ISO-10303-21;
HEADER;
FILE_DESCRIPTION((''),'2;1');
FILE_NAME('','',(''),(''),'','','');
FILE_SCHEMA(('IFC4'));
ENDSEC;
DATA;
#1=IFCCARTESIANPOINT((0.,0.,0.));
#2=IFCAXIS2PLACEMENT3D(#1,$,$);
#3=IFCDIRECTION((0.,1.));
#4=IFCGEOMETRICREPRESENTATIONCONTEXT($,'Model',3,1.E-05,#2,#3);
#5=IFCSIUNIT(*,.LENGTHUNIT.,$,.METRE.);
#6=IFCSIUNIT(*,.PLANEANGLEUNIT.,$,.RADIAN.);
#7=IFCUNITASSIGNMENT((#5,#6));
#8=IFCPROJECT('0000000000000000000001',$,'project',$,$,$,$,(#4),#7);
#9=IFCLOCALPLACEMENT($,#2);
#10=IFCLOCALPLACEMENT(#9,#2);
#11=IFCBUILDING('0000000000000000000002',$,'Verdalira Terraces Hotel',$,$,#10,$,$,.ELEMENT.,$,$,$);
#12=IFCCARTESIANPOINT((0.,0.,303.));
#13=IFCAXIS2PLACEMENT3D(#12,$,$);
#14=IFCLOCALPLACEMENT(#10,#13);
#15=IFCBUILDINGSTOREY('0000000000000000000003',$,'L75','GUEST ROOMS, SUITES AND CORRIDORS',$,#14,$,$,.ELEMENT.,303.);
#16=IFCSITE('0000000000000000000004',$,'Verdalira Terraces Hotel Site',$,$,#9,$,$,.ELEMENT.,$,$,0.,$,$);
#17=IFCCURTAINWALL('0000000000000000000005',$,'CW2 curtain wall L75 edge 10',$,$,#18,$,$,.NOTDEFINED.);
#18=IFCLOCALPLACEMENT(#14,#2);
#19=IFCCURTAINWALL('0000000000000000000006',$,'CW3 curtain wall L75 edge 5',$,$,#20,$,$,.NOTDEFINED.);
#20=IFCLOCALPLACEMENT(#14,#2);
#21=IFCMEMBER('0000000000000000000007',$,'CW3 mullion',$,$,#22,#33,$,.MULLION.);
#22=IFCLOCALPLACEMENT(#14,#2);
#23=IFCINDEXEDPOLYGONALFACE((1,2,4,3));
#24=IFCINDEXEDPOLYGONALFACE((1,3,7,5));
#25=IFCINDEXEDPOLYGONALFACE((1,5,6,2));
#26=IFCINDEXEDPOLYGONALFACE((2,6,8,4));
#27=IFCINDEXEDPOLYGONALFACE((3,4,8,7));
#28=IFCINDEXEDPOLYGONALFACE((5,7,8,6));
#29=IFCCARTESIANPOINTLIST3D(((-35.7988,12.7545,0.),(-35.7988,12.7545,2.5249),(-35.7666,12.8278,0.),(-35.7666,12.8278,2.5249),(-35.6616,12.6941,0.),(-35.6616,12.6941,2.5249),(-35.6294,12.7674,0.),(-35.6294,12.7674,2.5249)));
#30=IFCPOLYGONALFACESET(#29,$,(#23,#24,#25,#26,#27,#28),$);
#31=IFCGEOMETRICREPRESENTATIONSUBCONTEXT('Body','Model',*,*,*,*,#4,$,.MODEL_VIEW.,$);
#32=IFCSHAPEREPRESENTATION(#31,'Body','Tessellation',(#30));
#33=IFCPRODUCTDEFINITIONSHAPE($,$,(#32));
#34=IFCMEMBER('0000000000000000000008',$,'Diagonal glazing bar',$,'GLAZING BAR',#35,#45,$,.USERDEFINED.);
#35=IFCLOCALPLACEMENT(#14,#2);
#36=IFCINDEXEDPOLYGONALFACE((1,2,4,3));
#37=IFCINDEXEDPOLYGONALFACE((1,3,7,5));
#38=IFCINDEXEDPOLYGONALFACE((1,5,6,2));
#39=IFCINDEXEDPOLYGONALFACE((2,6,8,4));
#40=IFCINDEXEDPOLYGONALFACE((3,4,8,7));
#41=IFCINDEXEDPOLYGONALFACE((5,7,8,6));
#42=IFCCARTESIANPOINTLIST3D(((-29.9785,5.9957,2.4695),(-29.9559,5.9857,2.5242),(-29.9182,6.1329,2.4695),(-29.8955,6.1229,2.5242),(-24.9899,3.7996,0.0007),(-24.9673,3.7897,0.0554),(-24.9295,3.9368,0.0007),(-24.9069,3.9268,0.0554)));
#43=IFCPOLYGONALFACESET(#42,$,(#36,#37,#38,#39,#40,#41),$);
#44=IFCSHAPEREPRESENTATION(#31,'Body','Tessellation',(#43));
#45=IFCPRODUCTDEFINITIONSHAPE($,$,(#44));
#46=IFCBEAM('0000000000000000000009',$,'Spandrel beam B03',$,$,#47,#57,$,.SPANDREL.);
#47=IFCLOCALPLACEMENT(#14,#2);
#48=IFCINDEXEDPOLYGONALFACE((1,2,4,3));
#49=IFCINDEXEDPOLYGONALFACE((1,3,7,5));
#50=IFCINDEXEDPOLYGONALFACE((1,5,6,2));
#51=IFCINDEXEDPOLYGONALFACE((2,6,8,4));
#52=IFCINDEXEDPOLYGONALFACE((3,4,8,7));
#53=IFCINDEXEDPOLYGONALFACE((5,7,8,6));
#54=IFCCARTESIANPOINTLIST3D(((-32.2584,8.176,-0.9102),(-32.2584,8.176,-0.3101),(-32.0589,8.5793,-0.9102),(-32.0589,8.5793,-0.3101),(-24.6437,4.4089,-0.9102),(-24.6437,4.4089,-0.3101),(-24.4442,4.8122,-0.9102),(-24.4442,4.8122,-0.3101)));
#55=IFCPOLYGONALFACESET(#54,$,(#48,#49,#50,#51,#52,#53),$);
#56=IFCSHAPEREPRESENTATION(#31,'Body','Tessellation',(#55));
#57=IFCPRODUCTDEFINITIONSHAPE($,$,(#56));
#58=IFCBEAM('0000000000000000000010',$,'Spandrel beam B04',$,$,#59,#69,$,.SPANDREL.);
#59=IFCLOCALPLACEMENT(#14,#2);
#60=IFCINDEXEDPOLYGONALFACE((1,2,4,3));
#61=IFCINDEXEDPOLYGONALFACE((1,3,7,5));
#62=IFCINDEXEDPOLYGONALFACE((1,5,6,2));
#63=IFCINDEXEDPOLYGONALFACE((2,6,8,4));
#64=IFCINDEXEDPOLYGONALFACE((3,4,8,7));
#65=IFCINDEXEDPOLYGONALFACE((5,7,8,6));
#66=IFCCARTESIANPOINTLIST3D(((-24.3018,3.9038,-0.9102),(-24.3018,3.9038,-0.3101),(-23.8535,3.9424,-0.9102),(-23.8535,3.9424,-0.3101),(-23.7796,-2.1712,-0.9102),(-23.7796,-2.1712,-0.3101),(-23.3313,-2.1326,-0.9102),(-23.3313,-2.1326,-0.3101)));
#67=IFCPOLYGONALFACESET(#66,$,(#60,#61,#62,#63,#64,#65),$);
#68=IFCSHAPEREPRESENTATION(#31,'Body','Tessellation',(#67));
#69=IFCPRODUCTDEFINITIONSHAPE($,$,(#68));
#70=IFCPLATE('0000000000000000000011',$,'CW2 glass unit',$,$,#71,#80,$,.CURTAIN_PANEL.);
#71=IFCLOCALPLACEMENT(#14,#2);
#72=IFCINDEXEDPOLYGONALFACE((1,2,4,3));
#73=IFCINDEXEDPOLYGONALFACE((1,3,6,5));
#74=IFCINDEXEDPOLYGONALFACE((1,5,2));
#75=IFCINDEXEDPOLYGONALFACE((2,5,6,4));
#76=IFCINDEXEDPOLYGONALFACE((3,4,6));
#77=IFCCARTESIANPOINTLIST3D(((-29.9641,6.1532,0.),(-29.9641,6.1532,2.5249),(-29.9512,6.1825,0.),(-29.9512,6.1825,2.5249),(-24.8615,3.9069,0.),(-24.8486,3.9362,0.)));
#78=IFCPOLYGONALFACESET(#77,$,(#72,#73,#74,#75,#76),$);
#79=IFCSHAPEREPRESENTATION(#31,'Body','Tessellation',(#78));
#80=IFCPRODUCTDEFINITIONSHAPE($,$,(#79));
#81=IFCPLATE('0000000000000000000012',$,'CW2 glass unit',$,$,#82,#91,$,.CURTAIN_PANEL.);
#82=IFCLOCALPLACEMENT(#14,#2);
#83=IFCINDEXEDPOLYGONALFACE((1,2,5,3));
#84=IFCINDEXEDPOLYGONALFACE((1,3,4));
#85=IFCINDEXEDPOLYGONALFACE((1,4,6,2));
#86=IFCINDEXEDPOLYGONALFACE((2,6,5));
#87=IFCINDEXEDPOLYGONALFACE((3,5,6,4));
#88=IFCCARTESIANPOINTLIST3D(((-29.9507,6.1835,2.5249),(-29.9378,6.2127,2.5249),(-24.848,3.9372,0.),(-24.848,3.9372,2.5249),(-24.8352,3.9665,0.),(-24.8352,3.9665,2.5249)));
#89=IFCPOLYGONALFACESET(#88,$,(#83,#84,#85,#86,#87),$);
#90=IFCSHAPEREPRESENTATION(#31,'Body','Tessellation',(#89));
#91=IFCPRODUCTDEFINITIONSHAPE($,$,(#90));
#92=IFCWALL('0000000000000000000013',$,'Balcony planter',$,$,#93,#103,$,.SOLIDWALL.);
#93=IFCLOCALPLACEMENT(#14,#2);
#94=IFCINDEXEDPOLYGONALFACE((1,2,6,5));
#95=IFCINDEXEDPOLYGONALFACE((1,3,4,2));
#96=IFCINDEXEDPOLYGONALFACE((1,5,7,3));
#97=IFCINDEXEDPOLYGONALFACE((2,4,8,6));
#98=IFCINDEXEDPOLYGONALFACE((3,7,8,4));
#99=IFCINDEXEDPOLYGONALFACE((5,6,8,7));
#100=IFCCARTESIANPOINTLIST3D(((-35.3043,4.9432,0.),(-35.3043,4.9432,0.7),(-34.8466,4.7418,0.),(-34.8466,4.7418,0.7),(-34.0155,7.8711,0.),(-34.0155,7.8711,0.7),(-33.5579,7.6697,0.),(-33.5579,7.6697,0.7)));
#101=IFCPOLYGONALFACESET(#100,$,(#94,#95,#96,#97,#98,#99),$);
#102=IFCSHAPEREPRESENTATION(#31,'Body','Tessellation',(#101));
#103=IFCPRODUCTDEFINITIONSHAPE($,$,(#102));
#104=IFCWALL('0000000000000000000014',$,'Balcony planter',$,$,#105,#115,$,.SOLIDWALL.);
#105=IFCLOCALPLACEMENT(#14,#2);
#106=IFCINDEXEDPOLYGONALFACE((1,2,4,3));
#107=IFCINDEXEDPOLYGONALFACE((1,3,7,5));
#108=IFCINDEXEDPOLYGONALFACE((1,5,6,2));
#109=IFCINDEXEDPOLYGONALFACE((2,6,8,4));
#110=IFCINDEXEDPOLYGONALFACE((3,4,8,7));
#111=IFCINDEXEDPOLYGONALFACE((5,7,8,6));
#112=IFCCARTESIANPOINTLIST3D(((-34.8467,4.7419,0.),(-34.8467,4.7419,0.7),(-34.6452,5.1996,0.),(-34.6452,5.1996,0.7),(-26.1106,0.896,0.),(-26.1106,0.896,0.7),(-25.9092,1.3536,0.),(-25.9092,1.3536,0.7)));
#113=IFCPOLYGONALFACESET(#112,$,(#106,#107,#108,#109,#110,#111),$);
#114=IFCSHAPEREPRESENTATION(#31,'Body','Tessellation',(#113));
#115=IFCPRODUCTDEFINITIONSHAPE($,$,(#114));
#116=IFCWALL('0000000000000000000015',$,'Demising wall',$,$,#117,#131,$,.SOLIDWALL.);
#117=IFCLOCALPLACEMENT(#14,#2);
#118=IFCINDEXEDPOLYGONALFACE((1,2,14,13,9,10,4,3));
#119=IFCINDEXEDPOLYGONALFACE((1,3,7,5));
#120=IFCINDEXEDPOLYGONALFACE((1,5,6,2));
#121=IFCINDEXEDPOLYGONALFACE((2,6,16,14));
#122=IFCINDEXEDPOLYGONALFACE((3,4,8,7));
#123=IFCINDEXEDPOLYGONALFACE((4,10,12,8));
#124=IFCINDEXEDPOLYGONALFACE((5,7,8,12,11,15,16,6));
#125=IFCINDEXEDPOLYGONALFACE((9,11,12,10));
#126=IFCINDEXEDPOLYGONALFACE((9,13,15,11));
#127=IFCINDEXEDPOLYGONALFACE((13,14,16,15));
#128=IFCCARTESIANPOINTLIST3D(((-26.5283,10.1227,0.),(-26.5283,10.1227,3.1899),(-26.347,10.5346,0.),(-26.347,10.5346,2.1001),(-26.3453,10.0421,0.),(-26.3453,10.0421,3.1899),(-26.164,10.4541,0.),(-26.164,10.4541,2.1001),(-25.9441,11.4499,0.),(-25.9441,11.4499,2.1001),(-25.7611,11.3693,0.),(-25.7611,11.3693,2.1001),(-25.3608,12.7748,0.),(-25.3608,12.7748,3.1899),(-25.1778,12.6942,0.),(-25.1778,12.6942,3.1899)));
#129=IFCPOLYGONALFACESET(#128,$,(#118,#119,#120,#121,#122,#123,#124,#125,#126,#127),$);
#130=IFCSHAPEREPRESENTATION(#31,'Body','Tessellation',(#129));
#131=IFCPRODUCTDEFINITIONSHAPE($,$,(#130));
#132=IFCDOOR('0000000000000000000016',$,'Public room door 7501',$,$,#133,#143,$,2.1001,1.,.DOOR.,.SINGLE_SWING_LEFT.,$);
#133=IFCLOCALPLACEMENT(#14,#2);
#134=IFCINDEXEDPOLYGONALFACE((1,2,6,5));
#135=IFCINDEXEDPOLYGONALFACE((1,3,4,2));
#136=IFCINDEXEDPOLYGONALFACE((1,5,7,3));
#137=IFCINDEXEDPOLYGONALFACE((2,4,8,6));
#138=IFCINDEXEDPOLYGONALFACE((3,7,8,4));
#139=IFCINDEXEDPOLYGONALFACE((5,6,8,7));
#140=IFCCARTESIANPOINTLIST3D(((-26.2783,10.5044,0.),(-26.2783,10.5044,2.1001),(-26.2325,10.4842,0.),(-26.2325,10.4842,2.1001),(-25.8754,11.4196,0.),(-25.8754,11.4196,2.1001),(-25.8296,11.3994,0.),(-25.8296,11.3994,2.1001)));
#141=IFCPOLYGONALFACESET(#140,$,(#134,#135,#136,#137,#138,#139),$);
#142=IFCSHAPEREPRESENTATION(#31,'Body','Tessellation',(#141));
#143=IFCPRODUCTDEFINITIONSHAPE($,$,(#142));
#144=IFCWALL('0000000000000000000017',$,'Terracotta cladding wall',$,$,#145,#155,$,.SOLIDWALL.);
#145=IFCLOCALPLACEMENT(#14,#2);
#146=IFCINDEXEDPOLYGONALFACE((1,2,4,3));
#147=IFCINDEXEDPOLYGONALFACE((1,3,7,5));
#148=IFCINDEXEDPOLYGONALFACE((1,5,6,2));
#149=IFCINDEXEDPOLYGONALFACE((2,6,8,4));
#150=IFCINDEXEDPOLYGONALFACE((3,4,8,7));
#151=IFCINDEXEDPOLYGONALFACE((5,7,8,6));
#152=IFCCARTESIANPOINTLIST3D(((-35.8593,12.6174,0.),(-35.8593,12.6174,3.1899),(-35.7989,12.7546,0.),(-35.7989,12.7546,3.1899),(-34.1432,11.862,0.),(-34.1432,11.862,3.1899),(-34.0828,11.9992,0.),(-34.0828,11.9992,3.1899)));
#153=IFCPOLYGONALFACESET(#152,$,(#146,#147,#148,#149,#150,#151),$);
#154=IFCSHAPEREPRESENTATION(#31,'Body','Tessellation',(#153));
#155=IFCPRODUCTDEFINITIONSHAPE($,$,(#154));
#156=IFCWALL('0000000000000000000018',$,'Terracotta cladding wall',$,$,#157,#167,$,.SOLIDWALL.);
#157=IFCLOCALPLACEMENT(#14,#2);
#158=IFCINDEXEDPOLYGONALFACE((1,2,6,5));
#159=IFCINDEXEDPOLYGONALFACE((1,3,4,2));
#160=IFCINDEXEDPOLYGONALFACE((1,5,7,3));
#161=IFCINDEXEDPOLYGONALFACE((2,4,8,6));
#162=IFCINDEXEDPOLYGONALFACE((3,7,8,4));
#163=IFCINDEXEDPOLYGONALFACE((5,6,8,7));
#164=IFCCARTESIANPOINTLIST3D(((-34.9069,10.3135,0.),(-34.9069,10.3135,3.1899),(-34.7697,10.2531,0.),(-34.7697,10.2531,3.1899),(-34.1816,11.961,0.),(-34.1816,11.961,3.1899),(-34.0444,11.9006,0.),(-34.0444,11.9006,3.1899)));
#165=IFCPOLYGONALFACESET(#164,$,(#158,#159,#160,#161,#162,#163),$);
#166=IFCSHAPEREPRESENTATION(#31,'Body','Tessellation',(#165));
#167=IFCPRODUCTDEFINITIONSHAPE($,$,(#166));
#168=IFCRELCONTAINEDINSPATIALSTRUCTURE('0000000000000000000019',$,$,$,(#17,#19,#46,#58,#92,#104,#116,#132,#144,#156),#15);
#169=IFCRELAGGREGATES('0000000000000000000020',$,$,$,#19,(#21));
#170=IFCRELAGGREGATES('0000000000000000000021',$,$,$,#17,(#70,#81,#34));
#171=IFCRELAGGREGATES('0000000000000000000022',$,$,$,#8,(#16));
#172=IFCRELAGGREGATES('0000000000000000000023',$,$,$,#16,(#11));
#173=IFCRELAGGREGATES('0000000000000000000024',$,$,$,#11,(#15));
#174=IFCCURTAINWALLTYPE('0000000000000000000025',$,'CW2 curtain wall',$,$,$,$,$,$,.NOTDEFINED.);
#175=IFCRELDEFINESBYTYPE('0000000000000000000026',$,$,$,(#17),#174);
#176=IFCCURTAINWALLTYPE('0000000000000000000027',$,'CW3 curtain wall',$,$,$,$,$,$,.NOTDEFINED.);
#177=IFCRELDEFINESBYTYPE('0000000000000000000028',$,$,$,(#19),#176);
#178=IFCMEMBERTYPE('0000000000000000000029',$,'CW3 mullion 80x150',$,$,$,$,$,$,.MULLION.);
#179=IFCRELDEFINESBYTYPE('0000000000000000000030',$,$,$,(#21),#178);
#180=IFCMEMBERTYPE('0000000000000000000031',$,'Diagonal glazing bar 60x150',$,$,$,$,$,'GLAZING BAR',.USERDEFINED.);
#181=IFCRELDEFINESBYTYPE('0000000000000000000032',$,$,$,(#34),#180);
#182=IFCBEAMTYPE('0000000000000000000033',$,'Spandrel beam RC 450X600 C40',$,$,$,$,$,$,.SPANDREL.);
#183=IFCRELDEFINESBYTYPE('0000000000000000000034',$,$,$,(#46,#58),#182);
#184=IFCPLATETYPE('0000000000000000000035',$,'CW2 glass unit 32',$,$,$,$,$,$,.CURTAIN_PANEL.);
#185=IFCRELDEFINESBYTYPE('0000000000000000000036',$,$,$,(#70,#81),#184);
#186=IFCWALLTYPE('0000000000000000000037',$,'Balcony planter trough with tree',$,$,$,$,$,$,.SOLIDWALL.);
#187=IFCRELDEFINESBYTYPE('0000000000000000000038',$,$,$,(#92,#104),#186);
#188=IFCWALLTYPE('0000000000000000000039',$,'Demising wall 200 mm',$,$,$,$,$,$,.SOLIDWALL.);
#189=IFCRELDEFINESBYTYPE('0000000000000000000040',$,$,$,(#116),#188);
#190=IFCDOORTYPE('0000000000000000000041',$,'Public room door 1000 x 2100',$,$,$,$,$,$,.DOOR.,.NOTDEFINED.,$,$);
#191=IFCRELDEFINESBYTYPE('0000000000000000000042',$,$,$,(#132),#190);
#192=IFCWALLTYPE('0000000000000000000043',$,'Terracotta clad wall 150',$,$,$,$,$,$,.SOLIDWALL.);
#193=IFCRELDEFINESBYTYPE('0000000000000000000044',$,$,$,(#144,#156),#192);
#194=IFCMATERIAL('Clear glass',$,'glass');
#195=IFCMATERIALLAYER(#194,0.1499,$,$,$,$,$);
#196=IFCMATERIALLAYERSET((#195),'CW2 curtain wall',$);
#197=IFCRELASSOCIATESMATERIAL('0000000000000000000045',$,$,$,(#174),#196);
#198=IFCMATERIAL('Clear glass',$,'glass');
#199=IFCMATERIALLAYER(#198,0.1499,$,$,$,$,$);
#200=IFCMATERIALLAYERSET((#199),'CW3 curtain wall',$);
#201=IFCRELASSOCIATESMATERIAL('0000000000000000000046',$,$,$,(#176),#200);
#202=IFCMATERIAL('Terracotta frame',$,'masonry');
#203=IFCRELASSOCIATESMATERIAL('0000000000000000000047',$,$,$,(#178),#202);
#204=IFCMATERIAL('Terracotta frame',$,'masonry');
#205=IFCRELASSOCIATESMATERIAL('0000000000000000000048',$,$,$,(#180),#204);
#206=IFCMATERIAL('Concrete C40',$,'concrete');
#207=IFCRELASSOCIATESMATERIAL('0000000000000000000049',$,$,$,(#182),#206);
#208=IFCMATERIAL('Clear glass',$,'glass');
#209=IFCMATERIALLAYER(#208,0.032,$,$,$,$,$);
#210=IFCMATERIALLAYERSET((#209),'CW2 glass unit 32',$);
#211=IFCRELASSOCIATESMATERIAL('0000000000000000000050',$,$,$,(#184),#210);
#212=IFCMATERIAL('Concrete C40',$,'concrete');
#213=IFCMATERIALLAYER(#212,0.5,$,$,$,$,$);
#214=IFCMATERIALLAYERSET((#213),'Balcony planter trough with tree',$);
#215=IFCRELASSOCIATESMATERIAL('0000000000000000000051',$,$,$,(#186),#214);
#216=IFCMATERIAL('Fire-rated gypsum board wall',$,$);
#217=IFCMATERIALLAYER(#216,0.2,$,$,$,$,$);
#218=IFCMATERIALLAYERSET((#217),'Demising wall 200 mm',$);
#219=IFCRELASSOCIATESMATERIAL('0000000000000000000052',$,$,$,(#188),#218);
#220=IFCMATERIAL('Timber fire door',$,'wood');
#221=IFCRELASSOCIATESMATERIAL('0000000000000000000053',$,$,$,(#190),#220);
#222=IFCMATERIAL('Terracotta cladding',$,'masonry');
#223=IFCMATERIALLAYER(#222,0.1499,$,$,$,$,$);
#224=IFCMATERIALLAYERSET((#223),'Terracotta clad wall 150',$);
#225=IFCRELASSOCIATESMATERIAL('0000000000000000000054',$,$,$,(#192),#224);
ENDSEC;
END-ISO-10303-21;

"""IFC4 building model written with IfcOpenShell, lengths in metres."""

from ifc_helpers import new_model, si_unit, direction, frame, frame_2d, origin, origin_2d, place, context, subcontext, project, spatial, polyline, rectangle, outline, extrude, material, layer, layer_set, material_profile, profile_set, type_object, element, fill, aggregate, save


model = new_model("IFC4")

# Units and contexts
model_context = context("Model", 3, precision=1e-05, world=origin(), true_north=direction((0.0, 1.0)))
body_context = subcontext(model_context, "Body", "Model", "MODEL_VIEW")
ifc_project = project(units=[si_unit("LENGTHUNIT", "METRE"), si_unit("PLANEANGLEUNIT", "RADIAN")], contexts=[model_context])

# Site, building, storey
site_placement = place(None, origin())
site = spatial("IfcSite", under=ifc_project, at=site_placement, Name="Verdalira Terraces Hotel Site", CompositionType="ELEMENT", RefElevation=0.0)
building_placement = place(site_placement, origin())
building = spatial("IfcBuilding", under=site, at=building_placement, Name="Verdalira Terraces Hotel", CompositionType="ELEMENT")
storey_placement = place(building_placement, frame((0.0, 0.0, 303.0)))
storey = spatial("IfcBuildingStorey", under=building, at=storey_placement, Name="L75", Description="GUEST ROOMS, SUITES AND CORRIDORS", CompositionType="ELEMENT", Elevation=303.0)

# Curtain wall
ifc_material_1 = material(Name="Clear glass", Category="glass")
ifc_layer_1 = layer(ifc_material_1, 0.1499)
ifc_layer_set_1 = layer_set([ifc_layer_1], Name="CW2 curtain wall")
curtain_wall_type_1 = type_object("IfcCurtainWallType", Name="CW2 curtain wall", PredefinedType="NOTDEFINED", material=ifc_layer_set_1)
curtain_wall_1_placement = place(storey_placement, origin())
curtain_wall_1 = element("IfcCurtainWall", 1, at=curtain_wall_1_placement, inside=storey, type_object=curtain_wall_type_1, Name="CW2 curtain wall L75 edge 10", PredefinedType="NOTDEFINED")

# Curtain wall, member
ifc_material_2 = material(Name="Clear glass", Category="glass")
ifc_layer_2 = layer(ifc_material_2, 0.1499)
ifc_layer_set_2 = layer_set([ifc_layer_2], Name="CW3 curtain wall")
curtain_wall_type_2 = type_object("IfcCurtainWallType", Name="CW3 curtain wall", PredefinedType="NOTDEFINED", material=ifc_layer_set_2)
curtain_wall_2_placement = place(storey_placement, origin())
curtain_wall_2 = element("IfcCurtainWall", 2, at=curtain_wall_2_placement, inside=storey, type_object=curtain_wall_type_2, Name="CW3 curtain wall L75 edge 5", PredefinedType="NOTDEFINED")
ifc_material_3 = material(Name="Terracotta frame", Category="masonry")
ifc_material_profile_1 = material_profile(ifc_material_3, rectangle(XDim=0.0801, YDim=0.1499, at=origin_2d()), Name="MU 80x150")
ifc_profile_set_1 = profile_set([ifc_material_profile_1], Name="Terracotta frame")
member_type_1 = type_object("IfcMemberType", Name="CW3 mullion 80x150", PredefinedType="MULLION", material=ifc_profile_set_1)
member_1_placement = place(storey_placement, frame((-35.7141, 12.761, 0.0), z_axis=(0.0, 0.0, 1.0), x_axis=(-0.402906, -0.915241, 0.0)))
member_1 = element("IfcMember", 3, at=member_1_placement, type_object=member_type_1, Name="CW3 mullion", PredefinedType="MULLION", context=body_context, shape_type="SweptSolid", body=[
    extrude(rectangle(XDim=0.0801, YDim=0.1499, at=origin_2d()), origin(), (0.0, 0.0, 1.0), 2.5249),
])
aggregate(curtain_wall_2, [member_1])

# Member
ifc_material_4 = material(Name="Terracotta frame", Category="masonry")
ifc_material_profile_2 = material_profile(ifc_material_4, rectangle(XDim=0.1499, YDim=0.0601, at=origin_2d()), Name="GB 60x150")
ifc_profile_set_2 = profile_set([ifc_material_profile_2], Name="Terracotta frame")
member_type_2 = type_object("IfcMemberType", Name="Diagonal glazing bar 60x150", ElementType="GLAZING BAR", PredefinedType="USERDEFINED", material=ifc_profile_set_2)
member_2_placement = place(storey_placement, frame((-29.937, 6.0593, 2.4968), z_axis=(0.833708, -0.367014, -0.41259), x_axis=(0.402907, 0.915241, 0.0)))
member_2 = element("IfcMember", 4, at=member_2_placement, type_object=member_type_2, Name="Diagonal glazing bar", ObjectType="GLAZING BAR", PredefinedType="USERDEFINED", context=body_context, shape_type="SweptSolid", body=[
    extrude(rectangle(XDim=0.1499, YDim=0.0601, at=origin_2d()), origin(), (0.0, 0.0, 1.0), 5.9836),
])

# Beams
ifc_material_5 = material(Name="Concrete C40", Category="concrete")
ifc_material_profile_3 = material_profile(ifc_material_5, rectangle(XDim=0.45, YDim=0.6001, at=origin_2d()), Name="RC 450X600")
ifc_profile_set_3 = profile_set([ifc_material_profile_3], Name="Concrete C40")
beam_type_1 = type_object("IfcBeamType", Name="Spandrel beam RC 450X600 C40", PredefinedType="SPANDREL", material=ifc_profile_set_3)
beam_1_placement = place(storey_placement, frame((-32.1587, 8.3777, -0.6101), z_axis=(0.896316, -0.443416, 0.0), x_axis=(0.443416, 0.896316, 0.0)))
element("IfcBeam", 5, at=beam_1_placement, inside=storey, type_object=beam_type_1, Name="Spandrel beam B03", PredefinedType="SPANDREL", context=body_context, shape_type="SweptSolid", body=[
    extrude(rectangle(XDim=0.45, YDim=0.6001, at=origin_2d()), origin(), (0.0, 0.0, 1.0), 8.4956),
])
beam_2_placement = place(storey_placement, frame((-24.0776, 3.9231, -0.6101), z_axis=(0.085646, -0.996326, 0.0), x_axis=(0.996326, 0.085646, 0.0)))
element("IfcBeam", 6, at=beam_2_placement, inside=storey, type_object=beam_type_1, Name="Spandrel beam B04", PredefinedType="SPANDREL", context=body_context, shape_type="SweptSolid", body=[
    extrude(rectangle(XDim=0.45, YDim=0.6001, at=origin_2d()), origin(), (0.0, 0.0, 1.0), 6.0974),
])

# Plates
ifc_material_6 = material(Name="Clear glass", Category="glass")
ifc_layer_3 = layer(ifc_material_6, 0.032)
ifc_layer_set_3 = layer_set([ifc_layer_3], Name="CW2 glass unit 32")
plate_type = type_object("IfcPlateType", Name="CW2 glass unit 32", PredefinedType="CURTAIN_PANEL", material=ifc_layer_set_3)
plate_1_placement = place(storey_placement, frame((-27.3999, 5.0593, 1.2625), z_axis=(-0.402906, -0.915241, 0.0), x_axis=(0.915241, -0.402906, 0.0)))
plate_1 = element("IfcPlate", 7, at=plate_1_placement, type_object=plate_type, Name="CW2 glass unit", PredefinedType="CURTAIN_PANEL", context=body_context, shape_type="SweptSolid", body=[
    extrude(outline(polyline([(-2.7876, -1.2625), (2.7876, -1.2625), (-2.7876, 1.2625), (-2.7876, -1.2625)])), origin(), (0.0, 0.0, 1.0), 0.032),
])
plate_2_placement = place(storey_placement, frame((-27.3865, 5.0896, 1.2625), z_axis=(-0.402906, -0.915241, 0.0), x_axis=(0.915241, -0.402906, 0.0)))
plate_2 = element("IfcPlate", 8, at=plate_2_placement, type_object=plate_type, Name="CW2 glass unit", PredefinedType="CURTAIN_PANEL", context=body_context, shape_type="SweptSolid", body=[
    extrude(outline(polyline([(2.7876, -1.2625), (2.7876, 1.2625), (-2.7876, 1.2625), (2.7876, -1.2625)])), origin(), (0.0, 0.0, 1.0), 0.032),
])
aggregate(curtain_wall_1, [plate_1, plate_2, member_2])

# Walls
ifc_material_7 = material(Name="Concrete C40", Category="concrete")
ifc_layer_4 = layer(ifc_material_7, 0.5)
ifc_layer_set_4 = layer_set([ifc_layer_4], Name="Balcony planter trough with tree")
wall_type_1 = type_object("IfcWallType", Name="Balcony planter trough with tree", PredefinedType="SOLIDWALL", material=ifc_layer_set_4)
wall_1_placement = place(storey_placement, frame((-33.7866, 7.7705, 0.0), z_axis=(0.0, 0.0, 1.0), x_axis=(-0.402872, -0.915257, 0.0)))
element("IfcWall", 9, at=wall_1_placement, inside=storey, type_object=wall_type_1, Name="Balcony planter", PredefinedType="SOLIDWALL", context=body_context, shape_type="SweptSolid", body=[
    extrude(rectangle(XDim=3.199, YDim=0.5, at=frame_2d((1.5996, 0.0))), origin(), (0.0, 0.0, 1.0), 0.7),
])
wall_2_placement = place(storey_placement, frame((-34.7458, 4.9707, 0.0), z_axis=(0.0, 0.0, 1.0), x_axis=(0.915235, -0.40292, 0.0)))
element("IfcWall", 10, at=wall_2_placement, inside=storey, type_object=wall_type_1, Name="Balcony planter", PredefinedType="SOLIDWALL", context=body_context, shape_type="SweptSolid", body=[
    extrude(rectangle(XDim=9.5452, YDim=0.5, at=frame_2d((4.7725, 0.0))), origin(), (0.0, 0.0, 1.0), 0.7),
])

# Wall, opening, door
ifc_material_8 = material(Name="Fire-rated gypsum board wall")
ifc_layer_5 = layer(ifc_material_8, 0.2)
ifc_layer_set_5 = layer_set([ifc_layer_5], Name="Demising wall 200 mm")
wall_type_2 = type_object("IfcWallType", Name="Demising wall 200 mm", PredefinedType="SOLIDWALL", material=ifc_layer_set_5)
wall_3_placement = place(storey_placement, frame((-26.4368, 10.0825, 0.0), z_axis=(0.0, 0.0, 1.0), x_axis=(0.4029, 0.915244, 0.0)))
wall_3 = element("IfcWall", 11, at=wall_3_placement, inside=storey, type_object=wall_type_2, Name="Demising wall", PredefinedType="SOLIDWALL", context=body_context, shape_type="SweptSolid", body=[
    extrude(rectangle(XDim=2.8977, YDim=0.2, at=frame_2d((1.4487, 0.0))), origin(), (0.0, 0.0, 1.0), 3.1899),
])
opening_1_placement = place(wall_3_placement, frame((0.45, 0.0, 0.0)))
opening_1 = element("IfcOpeningElement", 12, at=opening_1_placement, cuts=wall_3, PredefinedType="OPENING", context=body_context, shape_type="SweptSolid", body=[
    extrude(rectangle(XDim=1.0, YDim=2.1001, at=frame_2d((0.5, 1.05))), frame((0.0, 0.1099, 0.0), z_axis=(0.0, -1.0, 0.0), x_axis=(1.0, 0.0, 0.0)), (0.0, 0.0, 1.0), 0.22),
])
ifc_material_9 = material(Name="Timber fire door", Category="wood")
door_type_1 = type_object("IfcDoorType", Name="Public room door 1000 x 2100", OperationType="NOTDEFINED", PredefinedType="DOOR", material=ifc_material_9)
door_1_placement = place(opening_1_placement, origin())
door_1 = element("IfcDoor", 13, at=door_1_placement, inside=storey, type_object=door_type_1, Name="Public room door 7501", OperationType="SINGLE_SWING_LEFT", OverallHeight=2.1001, OverallWidth=1.0, PredefinedType="DOOR", context=body_context, shape_type="SweptSolid", body=[
    extrude(rectangle(XDim=1.0, YDim=2.1001, at=frame_2d((0.5, 1.05))), frame((0.0, 0.0249, 0.0), z_axis=(0.0, -1.0, 0.0), x_axis=(1.0, 0.0, 0.0)), (0.0, 0.0, 1.0), 0.05),
])
fill(opening_1, door_1)

# Walls
ifc_material_10 = material(Name="Terracotta cladding", Category="masonry")
ifc_layer_6 = layer(ifc_material_10, 0.1499)
ifc_layer_set_6 = layer_set([ifc_layer_6], Name="Terracotta clad wall 150")
wall_type_3 = type_object("IfcWallType", Name="Terracotta clad wall 150", PredefinedType="SOLIDWALL", material=ifc_layer_set_6)
wall_4_placement = place(storey_placement, frame((-35.8291, 12.686, 0.0), z_axis=(0.0, 0.0, 1.0), x_axis=(0.915256, -0.402874, 0.0)))
element("IfcWall", 14, at=wall_4_placement, inside=storey, type_object=wall_type_3, Name="Terracotta cladding wall", PredefinedType="SOLIDWALL", context=body_context, shape_type="SweptSolid", body=[
    extrude(rectangle(XDim=1.875, YDim=0.1499, at=frame_2d((0.9375, 0.0))), origin(), (0.0, 0.0, 1.0), 3.1899),
])
wall_5_placement = place(storey_placement, frame((-34.113, 11.9307, 0.0), z_axis=(0.0, 0.0, 1.0), x_axis=(-0.402952, -0.915221, 0.0)))
element("IfcWall", 15, at=wall_5_placement, inside=storey, type_object=wall_type_3, Name="Terracotta cladding wall", PredefinedType="SOLIDWALL", context=body_context, shape_type="SweptSolid", body=[
    extrude(rectangle(XDim=1.8, YDim=0.1499, at=frame_2d((0.8999, 0.0))), origin(), (0.0, 0.0, 1.0), 3.1899),
])

save(model, "model.ifc")
